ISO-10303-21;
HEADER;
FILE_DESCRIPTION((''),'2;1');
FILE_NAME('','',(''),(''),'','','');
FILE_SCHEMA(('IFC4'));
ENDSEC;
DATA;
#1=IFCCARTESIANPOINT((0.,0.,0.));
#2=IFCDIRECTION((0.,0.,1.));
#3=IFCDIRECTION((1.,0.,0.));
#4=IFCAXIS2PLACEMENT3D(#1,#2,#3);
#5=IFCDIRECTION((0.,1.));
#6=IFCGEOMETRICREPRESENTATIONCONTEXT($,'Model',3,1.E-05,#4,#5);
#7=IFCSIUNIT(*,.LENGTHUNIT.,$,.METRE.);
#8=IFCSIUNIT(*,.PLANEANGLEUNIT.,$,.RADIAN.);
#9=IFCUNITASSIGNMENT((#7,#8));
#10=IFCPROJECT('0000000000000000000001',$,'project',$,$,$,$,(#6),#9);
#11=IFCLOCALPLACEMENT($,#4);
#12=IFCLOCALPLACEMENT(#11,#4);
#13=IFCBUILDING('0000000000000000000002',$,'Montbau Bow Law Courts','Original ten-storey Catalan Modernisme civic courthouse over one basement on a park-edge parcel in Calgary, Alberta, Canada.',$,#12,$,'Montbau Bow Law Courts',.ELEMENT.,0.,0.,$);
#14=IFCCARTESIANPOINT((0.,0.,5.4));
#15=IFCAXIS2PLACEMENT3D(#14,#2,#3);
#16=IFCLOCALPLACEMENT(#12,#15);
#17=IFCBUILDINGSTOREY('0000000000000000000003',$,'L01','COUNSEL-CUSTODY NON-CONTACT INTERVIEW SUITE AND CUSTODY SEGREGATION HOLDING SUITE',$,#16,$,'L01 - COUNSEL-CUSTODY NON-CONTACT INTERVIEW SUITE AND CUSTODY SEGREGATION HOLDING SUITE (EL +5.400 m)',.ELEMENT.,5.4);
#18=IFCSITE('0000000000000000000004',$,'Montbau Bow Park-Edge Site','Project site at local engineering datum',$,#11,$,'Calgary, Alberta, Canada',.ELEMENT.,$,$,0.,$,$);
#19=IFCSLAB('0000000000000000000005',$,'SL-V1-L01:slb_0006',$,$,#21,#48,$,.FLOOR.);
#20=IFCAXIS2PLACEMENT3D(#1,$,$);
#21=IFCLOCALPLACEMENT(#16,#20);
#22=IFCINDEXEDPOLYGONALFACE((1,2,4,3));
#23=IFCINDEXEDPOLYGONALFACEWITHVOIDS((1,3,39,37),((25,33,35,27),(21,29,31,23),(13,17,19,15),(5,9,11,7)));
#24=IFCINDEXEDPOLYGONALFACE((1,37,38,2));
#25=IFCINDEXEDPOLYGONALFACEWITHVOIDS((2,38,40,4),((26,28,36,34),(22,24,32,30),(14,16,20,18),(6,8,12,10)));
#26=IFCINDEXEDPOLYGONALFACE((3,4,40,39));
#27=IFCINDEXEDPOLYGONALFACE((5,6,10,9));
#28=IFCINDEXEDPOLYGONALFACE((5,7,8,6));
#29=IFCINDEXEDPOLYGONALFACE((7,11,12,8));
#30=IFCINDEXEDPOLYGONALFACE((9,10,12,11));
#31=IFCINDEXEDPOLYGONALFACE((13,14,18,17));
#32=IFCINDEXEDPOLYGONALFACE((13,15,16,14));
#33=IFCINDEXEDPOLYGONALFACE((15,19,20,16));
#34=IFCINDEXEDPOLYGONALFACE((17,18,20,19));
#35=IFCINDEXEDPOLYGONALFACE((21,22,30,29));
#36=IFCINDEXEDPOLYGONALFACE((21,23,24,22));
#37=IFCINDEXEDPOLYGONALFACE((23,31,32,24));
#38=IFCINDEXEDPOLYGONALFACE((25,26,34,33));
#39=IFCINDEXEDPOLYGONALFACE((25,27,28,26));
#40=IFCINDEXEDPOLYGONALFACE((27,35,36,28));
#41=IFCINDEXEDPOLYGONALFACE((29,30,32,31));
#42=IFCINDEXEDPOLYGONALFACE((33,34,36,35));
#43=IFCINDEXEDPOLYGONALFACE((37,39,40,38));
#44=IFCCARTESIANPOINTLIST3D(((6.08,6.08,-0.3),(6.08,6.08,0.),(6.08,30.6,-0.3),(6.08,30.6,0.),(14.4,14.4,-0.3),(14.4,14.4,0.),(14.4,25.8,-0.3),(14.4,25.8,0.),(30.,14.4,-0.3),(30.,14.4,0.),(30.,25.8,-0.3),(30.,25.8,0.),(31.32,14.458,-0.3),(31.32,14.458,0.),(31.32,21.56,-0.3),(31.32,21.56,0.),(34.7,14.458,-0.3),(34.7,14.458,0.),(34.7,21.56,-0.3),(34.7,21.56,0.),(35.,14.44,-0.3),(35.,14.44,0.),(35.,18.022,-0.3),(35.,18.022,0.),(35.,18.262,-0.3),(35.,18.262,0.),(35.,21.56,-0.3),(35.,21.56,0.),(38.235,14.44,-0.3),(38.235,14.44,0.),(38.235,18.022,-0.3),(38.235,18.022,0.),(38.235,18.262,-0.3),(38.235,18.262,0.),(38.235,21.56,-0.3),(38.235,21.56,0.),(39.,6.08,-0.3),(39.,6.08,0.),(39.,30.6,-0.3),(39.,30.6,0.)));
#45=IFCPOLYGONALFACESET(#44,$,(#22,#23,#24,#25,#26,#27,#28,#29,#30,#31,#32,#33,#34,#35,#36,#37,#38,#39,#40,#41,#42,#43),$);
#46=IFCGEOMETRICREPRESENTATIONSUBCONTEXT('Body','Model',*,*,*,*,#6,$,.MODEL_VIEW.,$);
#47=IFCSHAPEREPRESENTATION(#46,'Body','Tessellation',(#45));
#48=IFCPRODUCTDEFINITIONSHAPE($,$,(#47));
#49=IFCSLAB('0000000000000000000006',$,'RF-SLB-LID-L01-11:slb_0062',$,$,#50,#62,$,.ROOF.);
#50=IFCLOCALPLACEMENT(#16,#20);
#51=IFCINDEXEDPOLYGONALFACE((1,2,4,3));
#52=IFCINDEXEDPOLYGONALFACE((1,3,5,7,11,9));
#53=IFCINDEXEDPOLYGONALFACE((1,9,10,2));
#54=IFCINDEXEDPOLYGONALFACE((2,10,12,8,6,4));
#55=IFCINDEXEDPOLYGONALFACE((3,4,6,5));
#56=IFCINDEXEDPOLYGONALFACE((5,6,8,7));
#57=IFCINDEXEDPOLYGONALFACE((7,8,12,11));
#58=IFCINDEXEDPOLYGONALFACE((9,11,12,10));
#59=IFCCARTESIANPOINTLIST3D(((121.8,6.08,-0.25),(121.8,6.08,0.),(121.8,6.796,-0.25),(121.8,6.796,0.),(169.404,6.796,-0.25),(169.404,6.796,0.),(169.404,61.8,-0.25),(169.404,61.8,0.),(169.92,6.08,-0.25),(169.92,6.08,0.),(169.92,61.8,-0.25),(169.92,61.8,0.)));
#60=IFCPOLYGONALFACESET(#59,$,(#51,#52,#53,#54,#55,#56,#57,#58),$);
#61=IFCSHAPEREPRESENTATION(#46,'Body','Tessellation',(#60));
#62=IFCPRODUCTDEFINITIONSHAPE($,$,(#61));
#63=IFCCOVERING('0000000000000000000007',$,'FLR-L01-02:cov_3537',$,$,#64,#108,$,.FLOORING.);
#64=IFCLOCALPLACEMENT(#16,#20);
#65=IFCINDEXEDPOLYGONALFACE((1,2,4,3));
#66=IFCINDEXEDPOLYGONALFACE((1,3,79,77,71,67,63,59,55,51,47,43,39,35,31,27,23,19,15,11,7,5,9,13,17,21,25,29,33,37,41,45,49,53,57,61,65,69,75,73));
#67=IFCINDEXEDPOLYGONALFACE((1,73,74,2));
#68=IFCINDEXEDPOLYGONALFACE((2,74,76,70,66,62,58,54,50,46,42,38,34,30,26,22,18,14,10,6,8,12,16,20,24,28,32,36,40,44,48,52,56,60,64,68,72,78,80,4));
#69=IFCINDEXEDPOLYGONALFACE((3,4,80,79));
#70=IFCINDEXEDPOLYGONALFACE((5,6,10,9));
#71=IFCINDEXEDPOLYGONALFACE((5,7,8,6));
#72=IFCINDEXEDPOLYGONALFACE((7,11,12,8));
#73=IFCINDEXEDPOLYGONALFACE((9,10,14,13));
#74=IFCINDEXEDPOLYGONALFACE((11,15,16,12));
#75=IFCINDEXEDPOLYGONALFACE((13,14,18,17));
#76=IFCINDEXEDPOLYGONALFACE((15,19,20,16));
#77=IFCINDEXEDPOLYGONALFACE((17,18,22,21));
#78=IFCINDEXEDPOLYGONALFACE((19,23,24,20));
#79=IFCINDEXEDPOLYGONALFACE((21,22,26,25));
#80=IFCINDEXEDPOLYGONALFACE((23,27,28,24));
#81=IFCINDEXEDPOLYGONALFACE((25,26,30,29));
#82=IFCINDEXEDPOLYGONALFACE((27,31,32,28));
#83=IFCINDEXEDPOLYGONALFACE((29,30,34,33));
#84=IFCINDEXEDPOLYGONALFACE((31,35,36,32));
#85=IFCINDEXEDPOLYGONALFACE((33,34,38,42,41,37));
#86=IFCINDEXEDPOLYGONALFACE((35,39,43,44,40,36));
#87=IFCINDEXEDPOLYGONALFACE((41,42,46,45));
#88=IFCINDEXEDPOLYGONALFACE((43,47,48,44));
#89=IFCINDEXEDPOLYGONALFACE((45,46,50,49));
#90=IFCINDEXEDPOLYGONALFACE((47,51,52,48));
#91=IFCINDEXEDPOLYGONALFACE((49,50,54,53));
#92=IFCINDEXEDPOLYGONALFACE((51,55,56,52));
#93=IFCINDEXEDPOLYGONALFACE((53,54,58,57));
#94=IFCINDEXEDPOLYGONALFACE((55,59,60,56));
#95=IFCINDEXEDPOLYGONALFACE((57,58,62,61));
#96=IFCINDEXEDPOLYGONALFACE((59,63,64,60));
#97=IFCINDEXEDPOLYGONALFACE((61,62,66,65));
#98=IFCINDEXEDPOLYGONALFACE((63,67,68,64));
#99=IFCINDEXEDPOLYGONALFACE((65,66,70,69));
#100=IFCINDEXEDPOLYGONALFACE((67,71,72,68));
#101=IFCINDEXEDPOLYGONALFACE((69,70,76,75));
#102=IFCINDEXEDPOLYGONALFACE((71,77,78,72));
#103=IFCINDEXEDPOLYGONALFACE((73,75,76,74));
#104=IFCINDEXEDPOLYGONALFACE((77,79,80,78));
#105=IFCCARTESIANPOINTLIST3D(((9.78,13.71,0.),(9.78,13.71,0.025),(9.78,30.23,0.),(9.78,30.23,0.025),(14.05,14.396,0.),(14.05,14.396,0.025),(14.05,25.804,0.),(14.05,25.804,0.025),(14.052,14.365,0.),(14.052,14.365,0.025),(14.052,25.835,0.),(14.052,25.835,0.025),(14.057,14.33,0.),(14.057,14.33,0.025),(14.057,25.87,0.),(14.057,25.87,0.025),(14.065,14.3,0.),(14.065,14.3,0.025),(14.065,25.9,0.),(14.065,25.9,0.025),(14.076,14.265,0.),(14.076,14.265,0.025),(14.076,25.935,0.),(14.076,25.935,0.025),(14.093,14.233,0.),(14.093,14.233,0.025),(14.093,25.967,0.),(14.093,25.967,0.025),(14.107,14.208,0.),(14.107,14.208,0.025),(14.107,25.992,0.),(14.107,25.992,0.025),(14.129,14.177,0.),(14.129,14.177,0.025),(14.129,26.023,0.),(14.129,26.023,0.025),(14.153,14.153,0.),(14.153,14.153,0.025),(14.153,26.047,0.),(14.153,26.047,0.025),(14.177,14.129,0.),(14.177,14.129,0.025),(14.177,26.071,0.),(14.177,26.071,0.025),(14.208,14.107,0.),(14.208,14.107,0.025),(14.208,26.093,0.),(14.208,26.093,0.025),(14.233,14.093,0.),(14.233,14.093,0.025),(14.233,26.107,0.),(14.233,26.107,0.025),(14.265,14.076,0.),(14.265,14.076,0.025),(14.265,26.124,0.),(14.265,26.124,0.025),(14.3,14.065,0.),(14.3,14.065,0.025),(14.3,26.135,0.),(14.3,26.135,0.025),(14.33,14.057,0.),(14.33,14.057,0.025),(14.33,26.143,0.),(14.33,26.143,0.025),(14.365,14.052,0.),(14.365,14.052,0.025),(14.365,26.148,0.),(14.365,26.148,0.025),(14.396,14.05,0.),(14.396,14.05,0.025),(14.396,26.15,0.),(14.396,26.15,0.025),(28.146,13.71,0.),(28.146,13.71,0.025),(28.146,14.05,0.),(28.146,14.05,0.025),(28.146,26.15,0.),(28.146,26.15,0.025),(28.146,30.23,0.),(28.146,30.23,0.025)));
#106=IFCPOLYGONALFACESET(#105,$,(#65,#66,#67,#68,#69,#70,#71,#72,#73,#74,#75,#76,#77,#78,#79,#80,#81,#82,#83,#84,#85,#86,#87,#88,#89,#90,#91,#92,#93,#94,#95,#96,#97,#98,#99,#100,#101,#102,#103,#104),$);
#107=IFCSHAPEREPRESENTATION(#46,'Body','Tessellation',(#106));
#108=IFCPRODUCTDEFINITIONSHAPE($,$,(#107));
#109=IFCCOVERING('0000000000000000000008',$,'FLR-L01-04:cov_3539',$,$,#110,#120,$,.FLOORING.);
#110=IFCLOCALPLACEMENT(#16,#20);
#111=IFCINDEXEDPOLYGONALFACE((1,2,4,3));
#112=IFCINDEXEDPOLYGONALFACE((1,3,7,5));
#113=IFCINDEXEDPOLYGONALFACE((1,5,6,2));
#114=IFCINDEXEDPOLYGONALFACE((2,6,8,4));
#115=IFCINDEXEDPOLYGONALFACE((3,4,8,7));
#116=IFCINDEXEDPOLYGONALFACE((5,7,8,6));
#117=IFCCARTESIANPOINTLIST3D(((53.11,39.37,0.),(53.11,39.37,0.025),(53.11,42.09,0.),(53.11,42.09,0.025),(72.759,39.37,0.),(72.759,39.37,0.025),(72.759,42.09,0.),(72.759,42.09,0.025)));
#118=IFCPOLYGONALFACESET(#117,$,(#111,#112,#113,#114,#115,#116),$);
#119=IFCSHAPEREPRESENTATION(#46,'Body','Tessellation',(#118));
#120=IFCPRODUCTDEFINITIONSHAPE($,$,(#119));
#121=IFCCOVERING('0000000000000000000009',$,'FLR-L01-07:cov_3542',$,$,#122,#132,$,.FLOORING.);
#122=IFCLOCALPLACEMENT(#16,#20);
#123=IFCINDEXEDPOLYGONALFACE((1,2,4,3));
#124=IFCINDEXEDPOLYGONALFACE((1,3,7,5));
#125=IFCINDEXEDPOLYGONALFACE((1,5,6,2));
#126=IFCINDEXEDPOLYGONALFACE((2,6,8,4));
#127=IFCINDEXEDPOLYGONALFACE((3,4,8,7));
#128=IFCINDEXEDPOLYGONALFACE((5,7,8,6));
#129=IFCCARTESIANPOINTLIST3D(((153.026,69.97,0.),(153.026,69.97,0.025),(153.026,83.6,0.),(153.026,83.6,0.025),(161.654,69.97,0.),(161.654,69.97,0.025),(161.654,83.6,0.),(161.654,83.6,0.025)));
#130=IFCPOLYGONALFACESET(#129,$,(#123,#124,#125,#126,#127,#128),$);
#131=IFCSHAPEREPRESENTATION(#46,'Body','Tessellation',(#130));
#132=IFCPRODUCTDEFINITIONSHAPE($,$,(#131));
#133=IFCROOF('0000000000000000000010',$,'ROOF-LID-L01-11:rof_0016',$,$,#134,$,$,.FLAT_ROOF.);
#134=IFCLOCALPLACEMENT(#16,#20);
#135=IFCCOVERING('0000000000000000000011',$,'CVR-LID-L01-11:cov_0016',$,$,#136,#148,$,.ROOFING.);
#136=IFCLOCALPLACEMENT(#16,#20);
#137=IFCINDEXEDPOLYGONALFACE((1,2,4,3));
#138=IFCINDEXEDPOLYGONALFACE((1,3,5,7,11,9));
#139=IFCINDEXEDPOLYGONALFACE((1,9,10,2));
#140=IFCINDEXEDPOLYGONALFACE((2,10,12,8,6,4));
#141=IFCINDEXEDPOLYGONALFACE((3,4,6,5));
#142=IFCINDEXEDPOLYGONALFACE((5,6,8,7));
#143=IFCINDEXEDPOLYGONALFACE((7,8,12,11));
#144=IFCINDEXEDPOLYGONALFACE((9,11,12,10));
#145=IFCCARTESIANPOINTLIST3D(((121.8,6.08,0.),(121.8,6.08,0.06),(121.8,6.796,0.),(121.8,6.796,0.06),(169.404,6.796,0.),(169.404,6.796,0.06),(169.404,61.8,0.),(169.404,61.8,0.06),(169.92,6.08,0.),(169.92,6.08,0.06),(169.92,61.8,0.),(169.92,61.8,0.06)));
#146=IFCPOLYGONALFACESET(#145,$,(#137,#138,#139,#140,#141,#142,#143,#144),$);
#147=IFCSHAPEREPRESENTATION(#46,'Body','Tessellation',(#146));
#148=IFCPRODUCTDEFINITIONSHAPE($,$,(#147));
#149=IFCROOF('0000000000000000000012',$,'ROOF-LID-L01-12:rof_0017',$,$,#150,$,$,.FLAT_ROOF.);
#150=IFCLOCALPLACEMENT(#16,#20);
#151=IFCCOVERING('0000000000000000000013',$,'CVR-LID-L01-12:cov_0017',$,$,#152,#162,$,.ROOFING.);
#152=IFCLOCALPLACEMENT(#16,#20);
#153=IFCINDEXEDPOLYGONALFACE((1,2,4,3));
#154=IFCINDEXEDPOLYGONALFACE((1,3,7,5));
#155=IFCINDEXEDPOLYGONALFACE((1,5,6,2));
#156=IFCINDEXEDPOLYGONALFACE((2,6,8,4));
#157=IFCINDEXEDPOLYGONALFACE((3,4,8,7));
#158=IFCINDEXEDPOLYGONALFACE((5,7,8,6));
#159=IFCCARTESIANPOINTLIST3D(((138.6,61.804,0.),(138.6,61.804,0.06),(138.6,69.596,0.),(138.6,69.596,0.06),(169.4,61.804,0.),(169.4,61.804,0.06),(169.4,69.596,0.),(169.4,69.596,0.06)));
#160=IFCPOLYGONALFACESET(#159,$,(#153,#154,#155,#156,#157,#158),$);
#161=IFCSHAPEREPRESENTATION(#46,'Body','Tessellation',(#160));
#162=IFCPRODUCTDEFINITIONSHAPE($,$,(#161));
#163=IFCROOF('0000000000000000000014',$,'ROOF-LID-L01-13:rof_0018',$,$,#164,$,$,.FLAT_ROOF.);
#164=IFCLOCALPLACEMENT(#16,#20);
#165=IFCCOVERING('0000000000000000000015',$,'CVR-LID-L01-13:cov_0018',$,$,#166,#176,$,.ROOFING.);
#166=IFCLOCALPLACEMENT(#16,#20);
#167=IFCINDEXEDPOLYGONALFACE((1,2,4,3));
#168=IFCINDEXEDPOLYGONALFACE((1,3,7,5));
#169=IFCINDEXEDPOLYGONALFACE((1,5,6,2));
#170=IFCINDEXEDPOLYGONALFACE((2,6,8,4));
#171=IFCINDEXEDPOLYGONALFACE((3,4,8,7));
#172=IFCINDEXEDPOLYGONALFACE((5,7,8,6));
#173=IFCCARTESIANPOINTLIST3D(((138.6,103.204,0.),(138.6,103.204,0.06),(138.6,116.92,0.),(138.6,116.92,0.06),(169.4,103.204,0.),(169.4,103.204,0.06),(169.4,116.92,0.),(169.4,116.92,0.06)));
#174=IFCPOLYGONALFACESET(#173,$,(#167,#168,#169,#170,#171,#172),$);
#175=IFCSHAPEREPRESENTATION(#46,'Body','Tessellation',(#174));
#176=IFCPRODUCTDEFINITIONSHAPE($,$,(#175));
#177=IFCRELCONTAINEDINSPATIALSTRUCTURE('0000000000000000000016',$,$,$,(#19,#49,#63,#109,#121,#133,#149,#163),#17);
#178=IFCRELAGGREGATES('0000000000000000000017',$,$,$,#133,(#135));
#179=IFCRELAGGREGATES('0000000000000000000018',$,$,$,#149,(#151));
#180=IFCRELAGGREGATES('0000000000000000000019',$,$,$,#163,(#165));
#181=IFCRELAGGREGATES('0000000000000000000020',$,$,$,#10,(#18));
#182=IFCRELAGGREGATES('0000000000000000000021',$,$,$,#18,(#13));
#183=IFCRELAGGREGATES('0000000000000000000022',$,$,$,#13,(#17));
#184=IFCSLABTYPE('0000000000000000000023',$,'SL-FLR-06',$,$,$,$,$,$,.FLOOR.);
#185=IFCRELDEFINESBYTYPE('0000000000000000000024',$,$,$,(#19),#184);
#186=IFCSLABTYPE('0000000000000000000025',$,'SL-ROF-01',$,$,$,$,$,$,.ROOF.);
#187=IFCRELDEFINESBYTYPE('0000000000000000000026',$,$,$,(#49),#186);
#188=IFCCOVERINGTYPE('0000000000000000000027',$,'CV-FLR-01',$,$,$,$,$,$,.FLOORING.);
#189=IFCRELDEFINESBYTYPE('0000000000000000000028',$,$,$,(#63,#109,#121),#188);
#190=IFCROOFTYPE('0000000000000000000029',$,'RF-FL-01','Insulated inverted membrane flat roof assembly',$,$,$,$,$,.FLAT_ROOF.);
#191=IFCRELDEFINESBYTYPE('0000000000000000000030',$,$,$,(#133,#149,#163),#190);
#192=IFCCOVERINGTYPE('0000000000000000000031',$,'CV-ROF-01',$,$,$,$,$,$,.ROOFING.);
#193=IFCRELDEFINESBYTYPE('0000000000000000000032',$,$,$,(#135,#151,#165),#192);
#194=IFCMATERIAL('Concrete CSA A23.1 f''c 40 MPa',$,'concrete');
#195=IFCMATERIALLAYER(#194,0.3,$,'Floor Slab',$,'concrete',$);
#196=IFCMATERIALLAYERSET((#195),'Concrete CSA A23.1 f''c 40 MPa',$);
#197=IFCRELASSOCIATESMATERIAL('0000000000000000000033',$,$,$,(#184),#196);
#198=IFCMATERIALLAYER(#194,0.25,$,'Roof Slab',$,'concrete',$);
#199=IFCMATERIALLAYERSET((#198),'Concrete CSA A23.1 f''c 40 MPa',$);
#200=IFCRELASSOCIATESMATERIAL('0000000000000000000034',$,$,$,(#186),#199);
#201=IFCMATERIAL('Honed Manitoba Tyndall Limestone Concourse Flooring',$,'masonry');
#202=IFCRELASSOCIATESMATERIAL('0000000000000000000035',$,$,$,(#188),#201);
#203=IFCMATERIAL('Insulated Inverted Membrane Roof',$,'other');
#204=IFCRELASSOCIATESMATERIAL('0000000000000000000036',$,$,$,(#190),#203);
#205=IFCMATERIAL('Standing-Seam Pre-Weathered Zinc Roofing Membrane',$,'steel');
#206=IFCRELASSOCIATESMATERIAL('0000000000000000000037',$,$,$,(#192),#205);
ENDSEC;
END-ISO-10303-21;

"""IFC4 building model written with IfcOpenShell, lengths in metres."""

from ifc_helpers import new_model, si_unit, direction, frame, origin_with_axes, place, context, subcontext, project, spatial, polyline, outline, extrude, material, layer, layer_set, type_object, element, aggregate, save


model = new_model("IFC4")

# Units and contexts
model_context = context("Model", 3, precision=1e-05, world=origin_with_axes(), true_north=direction((0.0, 1.0)))
body_context = subcontext(model_context, "Body", "Model", "MODEL_VIEW")
ifc_project = project(units=[si_unit("LENGTHUNIT", "METRE"), si_unit("PLANEANGLEUNIT", "RADIAN")], contexts=[model_context])

# Site, building, storey
site_placement = place(None, origin_with_axes())
site = spatial("IfcSite", under=ifc_project, at=site_placement, Name="Montbau Bow Park-Edge Site", Description="Project site at local engineering datum", LongName="Calgary, Alberta, Canada", CompositionType="ELEMENT", RefElevation=0.0)
building_placement = place(site_placement, origin_with_axes())
building = spatial("IfcBuilding", under=site, at=building_placement, Name="Montbau Bow Law Courts", Description="Original ten-storey Catalan Modernisme civic courthouse over one basement on a park-edge parcel in Calgary, Alberta, Canada.", LongName="Montbau Bow Law Courts", CompositionType="ELEMENT", ElevationOfRefHeight=0.0, ElevationOfTerrain=0.0)
storey_placement = place(building_placement, frame((0.0, 0.0, 5.4), z_axis=(0.0, 0.0, 1.0), x_axis=(1.0, 0.0, 0.0)))
storey = spatial("IfcBuildingStorey", under=building, at=storey_placement, Name="L01", Description="COUNSEL-CUSTODY NON-CONTACT INTERVIEW SUITE AND CUSTODY SEGREGATION HOLDING SUITE", LongName="L01 - COUNSEL-CUSTODY NON-CONTACT INTERVIEW SUITE AND CUSTODY SEGREGATION HOLDING SUITE (EL +5.400 m)", CompositionType="ELEMENT", Elevation=5.4)

# Slabs
ifc_material_1 = material(Name="Concrete CSA A23.1 f'c 40 MPa", Category="concrete")
ifc_layer_1 = layer(ifc_material_1, 0.3, Name="Floor Slab", Category="concrete")
ifc_layer_set_1 = layer_set([ifc_layer_1], Name="Concrete CSA A23.1 f'c 40 MPa")
slab_type_1 = type_object("IfcSlabType", Name="SL-FLR-06", PredefinedType="FLOOR", material=ifc_layer_set_1)
slab_1_placement = place(None, frame((0.0, 0.0, 5.1), z_axis=(0.0, 0.0, 1.0), x_axis=(1.0, 0.0, 0.0)))
element("IfcSlab", 1, at=slab_1_placement, inside=storey, type_object=slab_type_1, Name="SL-V1-L01:slb_0006", PredefinedType="FLOOR", context=body_context, shape_type="SweptSolid", body=[
    extrude(outline(polyline([(6.08, 6.08), (39.0, 6.08), (39.0, 30.6), (6.08, 30.6), (6.08, 6.08)]), holes=[polyline([(31.32, 14.458), (34.7, 14.458), (34.7, 21.56), (31.32, 21.56), (31.32, 14.458)]), polyline([(35.0, 14.44), (38.235, 14.44), (38.235, 18.022), (35.0, 18.022), (35.0, 14.44)]), polyline([(35.0, 18.262), (38.235, 18.262), (38.235, 21.56), (35.0, 21.56), (35.0, 18.262)]), polyline([(14.4, 14.4), (30.0, 14.4), (30.0, 25.8), (14.4, 25.8), (14.4, 14.4)])]), origin_with_axes(), (0.0, 0.0, 1.0), 0.3),
])
ifc_layer_2 = layer(ifc_material_1, 0.25, Name="Roof Slab", Category="concrete")
ifc_layer_set_2 = layer_set([ifc_layer_2], Name="Concrete CSA A23.1 f'c 40 MPa")
slab_type_2 = type_object("IfcSlabType", Name="SL-ROF-01", PredefinedType="ROOF", material=ifc_layer_set_2)
slab_2_placement = place(None, frame((0.0, 0.0, 5.15), z_axis=(0.0, 0.0, 1.0), x_axis=(1.0, 0.0, 0.0)))
element("IfcSlab", 2, at=slab_2_placement, inside=storey, type_object=slab_type_2, Name="RF-SLB-LID-L01-11:slb_0062", PredefinedType="ROOF", context=body_context, shape_type="SweptSolid", body=[
    extrude(outline(polyline([(169.92, 61.8), (169.92, 6.08), (121.8, 6.08), (121.8, 6.796), (169.404, 6.796), (169.404, 61.8), (169.92, 61.8)])), origin_with_axes(), (0.0, 0.0, 1.0), 0.25),
])

# Coverings
ifc_material_2 = material(Name="Honed Manitoba Tyndall Limestone Concourse Flooring", Category="masonry")
covering_type_1 = type_object("IfcCoveringType", Name="CV-FLR-01", PredefinedType="FLOORING", material=ifc_material_2)
covering_1_placement = place(None, frame((0.0, 0.0, 5.4), z_axis=(0.0, 0.0, 1.0), x_axis=(1.0, 0.0, 0.0)))
element("IfcCovering", 3, at=covering_1_placement, inside=storey, type_object=covering_type_1, Name="FLR-L01-02:cov_3537", PredefinedType="FLOORING", context=body_context, shape_type="SweptSolid", body=[
    extrude(outline(polyline([(9.78, 30.23), (28.146, 30.23), (28.146, 26.15), (14.396, 26.15), (14.365, 26.148), (14.33, 26.143), (14.3, 26.135), (14.265, 26.124), (14.233, 26.107), (14.208, 26.093), (14.177, 26.071), (14.153, 26.047), (14.129, 26.023), (14.107, 25.992), (14.093, 25.967), (14.076, 25.935), (14.065, 25.9), (14.057, 25.87), (14.052, 25.835), (14.05, 25.804), (14.05, 14.396), (14.052, 14.365), (14.057, 14.33), (14.065, 14.3), (14.076, 14.265), (14.093, 14.233), (14.107, 14.208), (14.129, 14.177), (14.153, 14.153), (14.177, 14.129), (14.208, 14.107), (14.233, 14.093), (14.265, 14.076), (14.3, 14.065), (14.33, 14.057), (14.365, 14.052), (14.396, 14.05), (28.146, 14.05), (28.146, 13.71), (9.78, 13.71), (9.78, 30.23)])), origin_with_axes(), (0.0, 0.0, 1.0), 0.025),
])
covering_2_placement = place(None, frame((0.0, 0.0, 5.4), z_axis=(0.0, 0.0, 1.0), x_axis=(1.0, 0.0, 0.0)))
element("IfcCovering", 4, at=covering_2_placement, inside=storey, type_object=covering_type_1, Name="FLR-L01-04:cov_3539", PredefinedType="FLOORING", context=body_context, shape_type="SweptSolid", body=[
    extrude(outline(polyline([(53.11, 39.37), (53.11, 42.09), (72.759, 42.09), (72.759, 39.37), (53.11, 39.37)])), origin_with_axes(), (0.0, 0.0, 1.0), 0.025),
])
covering_3_placement = place(None, frame((0.0, 0.0, 5.4), z_axis=(0.0, 0.0, 1.0), x_axis=(1.0, 0.0, 0.0)))
element("IfcCovering", 5, at=covering_3_placement, inside=storey, type_object=covering_type_1, Name="FLR-L01-07:cov_3542", PredefinedType="FLOORING", context=body_context, shape_type="SweptSolid", body=[
    extrude(outline(polyline([(153.026, 69.97), (153.026, 83.6), (161.654, 83.6), (161.654, 69.97), (153.026, 69.97)])), origin_with_axes(), (0.0, 0.0, 1.0), 0.025),
])

# Roofs, coverings
ifc_material_3 = material(Name="Insulated Inverted Membrane Roof", Category="other")
roof_type = type_object("IfcRoofType", Name="RF-FL-01", Description="Insulated inverted membrane flat roof assembly", PredefinedType="FLAT_ROOF", material=ifc_material_3)
roof_1_placement = place(None, frame((121.8, 6.08, 5.4), z_axis=(0.0, 0.0, 1.0), x_axis=(1.0, 0.0, 0.0)))
roof_1 = element("IfcRoof", 6, at=roof_1_placement, inside=storey, type_object=roof_type, Name="ROOF-LID-L01-11:rof_0016", PredefinedType="FLAT_ROOF")
ifc_material_4 = material(Name="Standing-Seam Pre-Weathered Zinc Roofing Membrane", Category="steel")
covering_type_2 = type_object("IfcCoveringType", Name="CV-ROF-01", PredefinedType="ROOFING", material=ifc_material_4)
covering_4_placement = place(None, frame((0.0, 0.0, 5.4), z_axis=(0.0, 0.0, 1.0), x_axis=(1.0, 0.0, 0.0)))
covering_4 = element("IfcCovering", 7, at=covering_4_placement, type_object=covering_type_2, Name="CVR-LID-L01-11:cov_0016", PredefinedType="ROOFING", context=body_context, shape_type="SweptSolid", body=[
    extrude(outline(polyline([(169.92, 61.8), (169.92, 6.08), (121.8, 6.08), (121.8, 6.796), (169.404, 6.796), (169.404, 61.8), (169.92, 61.8)])), origin_with_axes(), (0.0, 0.0, 1.0), 0.06),
])
aggregate(roof_1, [covering_4])
roof_2_placement = place(None, frame((138.6, 61.804, 5.4), z_axis=(0.0, 0.0, 1.0), x_axis=(1.0, 0.0, 0.0)))
roof_2 = element("IfcRoof", 8, at=roof_2_placement, inside=storey, type_object=roof_type, Name="ROOF-LID-L01-12:rof_0017", PredefinedType="FLAT_ROOF")
covering_5_placement = place(None, frame((0.0, 0.0, 5.4), z_axis=(0.0, 0.0, 1.0), x_axis=(1.0, 0.0, 0.0)))
covering_5 = element("IfcCovering", 9, at=covering_5_placement, type_object=covering_type_2, Name="CVR-LID-L01-12:cov_0017", PredefinedType="ROOFING", context=body_context, shape_type="SweptSolid", body=[
    extrude(outline(polyline([(138.6, 69.596), (169.4, 69.596), (169.4, 61.804), (138.6, 61.804), (138.6, 69.596)])), origin_with_axes(), (0.0, 0.0, 1.0), 0.06),
])
aggregate(roof_2, [covering_5])
roof_3_placement = place(None, frame((138.6, 103.204, 5.4), z_axis=(0.0, 0.0, 1.0), x_axis=(1.0, 0.0, 0.0)))
roof_3 = element("IfcRoof", 10, at=roof_3_placement, inside=storey, type_object=roof_type, Name="ROOF-LID-L01-13:rof_0018", PredefinedType="FLAT_ROOF")
covering_6_placement = place(None, frame((0.0, 0.0, 5.4), z_axis=(0.0, 0.0, 1.0), x_axis=(1.0, 0.0, 0.0)))
covering_6 = element("IfcCovering", 11, at=covering_6_placement, type_object=covering_type_2, Name="CVR-LID-L01-13:cov_0018", PredefinedType="ROOFING", context=body_context, shape_type="SweptSolid", body=[
    extrude(outline(polyline([(138.6, 116.92), (169.4, 116.92), (169.4, 103.204), (138.6, 103.204), (138.6, 116.92)])), origin_with_axes(), (0.0, 0.0, 1.0), 0.06),
])
aggregate(roof_3, [covering_6])

save(model, "model.ifc")
